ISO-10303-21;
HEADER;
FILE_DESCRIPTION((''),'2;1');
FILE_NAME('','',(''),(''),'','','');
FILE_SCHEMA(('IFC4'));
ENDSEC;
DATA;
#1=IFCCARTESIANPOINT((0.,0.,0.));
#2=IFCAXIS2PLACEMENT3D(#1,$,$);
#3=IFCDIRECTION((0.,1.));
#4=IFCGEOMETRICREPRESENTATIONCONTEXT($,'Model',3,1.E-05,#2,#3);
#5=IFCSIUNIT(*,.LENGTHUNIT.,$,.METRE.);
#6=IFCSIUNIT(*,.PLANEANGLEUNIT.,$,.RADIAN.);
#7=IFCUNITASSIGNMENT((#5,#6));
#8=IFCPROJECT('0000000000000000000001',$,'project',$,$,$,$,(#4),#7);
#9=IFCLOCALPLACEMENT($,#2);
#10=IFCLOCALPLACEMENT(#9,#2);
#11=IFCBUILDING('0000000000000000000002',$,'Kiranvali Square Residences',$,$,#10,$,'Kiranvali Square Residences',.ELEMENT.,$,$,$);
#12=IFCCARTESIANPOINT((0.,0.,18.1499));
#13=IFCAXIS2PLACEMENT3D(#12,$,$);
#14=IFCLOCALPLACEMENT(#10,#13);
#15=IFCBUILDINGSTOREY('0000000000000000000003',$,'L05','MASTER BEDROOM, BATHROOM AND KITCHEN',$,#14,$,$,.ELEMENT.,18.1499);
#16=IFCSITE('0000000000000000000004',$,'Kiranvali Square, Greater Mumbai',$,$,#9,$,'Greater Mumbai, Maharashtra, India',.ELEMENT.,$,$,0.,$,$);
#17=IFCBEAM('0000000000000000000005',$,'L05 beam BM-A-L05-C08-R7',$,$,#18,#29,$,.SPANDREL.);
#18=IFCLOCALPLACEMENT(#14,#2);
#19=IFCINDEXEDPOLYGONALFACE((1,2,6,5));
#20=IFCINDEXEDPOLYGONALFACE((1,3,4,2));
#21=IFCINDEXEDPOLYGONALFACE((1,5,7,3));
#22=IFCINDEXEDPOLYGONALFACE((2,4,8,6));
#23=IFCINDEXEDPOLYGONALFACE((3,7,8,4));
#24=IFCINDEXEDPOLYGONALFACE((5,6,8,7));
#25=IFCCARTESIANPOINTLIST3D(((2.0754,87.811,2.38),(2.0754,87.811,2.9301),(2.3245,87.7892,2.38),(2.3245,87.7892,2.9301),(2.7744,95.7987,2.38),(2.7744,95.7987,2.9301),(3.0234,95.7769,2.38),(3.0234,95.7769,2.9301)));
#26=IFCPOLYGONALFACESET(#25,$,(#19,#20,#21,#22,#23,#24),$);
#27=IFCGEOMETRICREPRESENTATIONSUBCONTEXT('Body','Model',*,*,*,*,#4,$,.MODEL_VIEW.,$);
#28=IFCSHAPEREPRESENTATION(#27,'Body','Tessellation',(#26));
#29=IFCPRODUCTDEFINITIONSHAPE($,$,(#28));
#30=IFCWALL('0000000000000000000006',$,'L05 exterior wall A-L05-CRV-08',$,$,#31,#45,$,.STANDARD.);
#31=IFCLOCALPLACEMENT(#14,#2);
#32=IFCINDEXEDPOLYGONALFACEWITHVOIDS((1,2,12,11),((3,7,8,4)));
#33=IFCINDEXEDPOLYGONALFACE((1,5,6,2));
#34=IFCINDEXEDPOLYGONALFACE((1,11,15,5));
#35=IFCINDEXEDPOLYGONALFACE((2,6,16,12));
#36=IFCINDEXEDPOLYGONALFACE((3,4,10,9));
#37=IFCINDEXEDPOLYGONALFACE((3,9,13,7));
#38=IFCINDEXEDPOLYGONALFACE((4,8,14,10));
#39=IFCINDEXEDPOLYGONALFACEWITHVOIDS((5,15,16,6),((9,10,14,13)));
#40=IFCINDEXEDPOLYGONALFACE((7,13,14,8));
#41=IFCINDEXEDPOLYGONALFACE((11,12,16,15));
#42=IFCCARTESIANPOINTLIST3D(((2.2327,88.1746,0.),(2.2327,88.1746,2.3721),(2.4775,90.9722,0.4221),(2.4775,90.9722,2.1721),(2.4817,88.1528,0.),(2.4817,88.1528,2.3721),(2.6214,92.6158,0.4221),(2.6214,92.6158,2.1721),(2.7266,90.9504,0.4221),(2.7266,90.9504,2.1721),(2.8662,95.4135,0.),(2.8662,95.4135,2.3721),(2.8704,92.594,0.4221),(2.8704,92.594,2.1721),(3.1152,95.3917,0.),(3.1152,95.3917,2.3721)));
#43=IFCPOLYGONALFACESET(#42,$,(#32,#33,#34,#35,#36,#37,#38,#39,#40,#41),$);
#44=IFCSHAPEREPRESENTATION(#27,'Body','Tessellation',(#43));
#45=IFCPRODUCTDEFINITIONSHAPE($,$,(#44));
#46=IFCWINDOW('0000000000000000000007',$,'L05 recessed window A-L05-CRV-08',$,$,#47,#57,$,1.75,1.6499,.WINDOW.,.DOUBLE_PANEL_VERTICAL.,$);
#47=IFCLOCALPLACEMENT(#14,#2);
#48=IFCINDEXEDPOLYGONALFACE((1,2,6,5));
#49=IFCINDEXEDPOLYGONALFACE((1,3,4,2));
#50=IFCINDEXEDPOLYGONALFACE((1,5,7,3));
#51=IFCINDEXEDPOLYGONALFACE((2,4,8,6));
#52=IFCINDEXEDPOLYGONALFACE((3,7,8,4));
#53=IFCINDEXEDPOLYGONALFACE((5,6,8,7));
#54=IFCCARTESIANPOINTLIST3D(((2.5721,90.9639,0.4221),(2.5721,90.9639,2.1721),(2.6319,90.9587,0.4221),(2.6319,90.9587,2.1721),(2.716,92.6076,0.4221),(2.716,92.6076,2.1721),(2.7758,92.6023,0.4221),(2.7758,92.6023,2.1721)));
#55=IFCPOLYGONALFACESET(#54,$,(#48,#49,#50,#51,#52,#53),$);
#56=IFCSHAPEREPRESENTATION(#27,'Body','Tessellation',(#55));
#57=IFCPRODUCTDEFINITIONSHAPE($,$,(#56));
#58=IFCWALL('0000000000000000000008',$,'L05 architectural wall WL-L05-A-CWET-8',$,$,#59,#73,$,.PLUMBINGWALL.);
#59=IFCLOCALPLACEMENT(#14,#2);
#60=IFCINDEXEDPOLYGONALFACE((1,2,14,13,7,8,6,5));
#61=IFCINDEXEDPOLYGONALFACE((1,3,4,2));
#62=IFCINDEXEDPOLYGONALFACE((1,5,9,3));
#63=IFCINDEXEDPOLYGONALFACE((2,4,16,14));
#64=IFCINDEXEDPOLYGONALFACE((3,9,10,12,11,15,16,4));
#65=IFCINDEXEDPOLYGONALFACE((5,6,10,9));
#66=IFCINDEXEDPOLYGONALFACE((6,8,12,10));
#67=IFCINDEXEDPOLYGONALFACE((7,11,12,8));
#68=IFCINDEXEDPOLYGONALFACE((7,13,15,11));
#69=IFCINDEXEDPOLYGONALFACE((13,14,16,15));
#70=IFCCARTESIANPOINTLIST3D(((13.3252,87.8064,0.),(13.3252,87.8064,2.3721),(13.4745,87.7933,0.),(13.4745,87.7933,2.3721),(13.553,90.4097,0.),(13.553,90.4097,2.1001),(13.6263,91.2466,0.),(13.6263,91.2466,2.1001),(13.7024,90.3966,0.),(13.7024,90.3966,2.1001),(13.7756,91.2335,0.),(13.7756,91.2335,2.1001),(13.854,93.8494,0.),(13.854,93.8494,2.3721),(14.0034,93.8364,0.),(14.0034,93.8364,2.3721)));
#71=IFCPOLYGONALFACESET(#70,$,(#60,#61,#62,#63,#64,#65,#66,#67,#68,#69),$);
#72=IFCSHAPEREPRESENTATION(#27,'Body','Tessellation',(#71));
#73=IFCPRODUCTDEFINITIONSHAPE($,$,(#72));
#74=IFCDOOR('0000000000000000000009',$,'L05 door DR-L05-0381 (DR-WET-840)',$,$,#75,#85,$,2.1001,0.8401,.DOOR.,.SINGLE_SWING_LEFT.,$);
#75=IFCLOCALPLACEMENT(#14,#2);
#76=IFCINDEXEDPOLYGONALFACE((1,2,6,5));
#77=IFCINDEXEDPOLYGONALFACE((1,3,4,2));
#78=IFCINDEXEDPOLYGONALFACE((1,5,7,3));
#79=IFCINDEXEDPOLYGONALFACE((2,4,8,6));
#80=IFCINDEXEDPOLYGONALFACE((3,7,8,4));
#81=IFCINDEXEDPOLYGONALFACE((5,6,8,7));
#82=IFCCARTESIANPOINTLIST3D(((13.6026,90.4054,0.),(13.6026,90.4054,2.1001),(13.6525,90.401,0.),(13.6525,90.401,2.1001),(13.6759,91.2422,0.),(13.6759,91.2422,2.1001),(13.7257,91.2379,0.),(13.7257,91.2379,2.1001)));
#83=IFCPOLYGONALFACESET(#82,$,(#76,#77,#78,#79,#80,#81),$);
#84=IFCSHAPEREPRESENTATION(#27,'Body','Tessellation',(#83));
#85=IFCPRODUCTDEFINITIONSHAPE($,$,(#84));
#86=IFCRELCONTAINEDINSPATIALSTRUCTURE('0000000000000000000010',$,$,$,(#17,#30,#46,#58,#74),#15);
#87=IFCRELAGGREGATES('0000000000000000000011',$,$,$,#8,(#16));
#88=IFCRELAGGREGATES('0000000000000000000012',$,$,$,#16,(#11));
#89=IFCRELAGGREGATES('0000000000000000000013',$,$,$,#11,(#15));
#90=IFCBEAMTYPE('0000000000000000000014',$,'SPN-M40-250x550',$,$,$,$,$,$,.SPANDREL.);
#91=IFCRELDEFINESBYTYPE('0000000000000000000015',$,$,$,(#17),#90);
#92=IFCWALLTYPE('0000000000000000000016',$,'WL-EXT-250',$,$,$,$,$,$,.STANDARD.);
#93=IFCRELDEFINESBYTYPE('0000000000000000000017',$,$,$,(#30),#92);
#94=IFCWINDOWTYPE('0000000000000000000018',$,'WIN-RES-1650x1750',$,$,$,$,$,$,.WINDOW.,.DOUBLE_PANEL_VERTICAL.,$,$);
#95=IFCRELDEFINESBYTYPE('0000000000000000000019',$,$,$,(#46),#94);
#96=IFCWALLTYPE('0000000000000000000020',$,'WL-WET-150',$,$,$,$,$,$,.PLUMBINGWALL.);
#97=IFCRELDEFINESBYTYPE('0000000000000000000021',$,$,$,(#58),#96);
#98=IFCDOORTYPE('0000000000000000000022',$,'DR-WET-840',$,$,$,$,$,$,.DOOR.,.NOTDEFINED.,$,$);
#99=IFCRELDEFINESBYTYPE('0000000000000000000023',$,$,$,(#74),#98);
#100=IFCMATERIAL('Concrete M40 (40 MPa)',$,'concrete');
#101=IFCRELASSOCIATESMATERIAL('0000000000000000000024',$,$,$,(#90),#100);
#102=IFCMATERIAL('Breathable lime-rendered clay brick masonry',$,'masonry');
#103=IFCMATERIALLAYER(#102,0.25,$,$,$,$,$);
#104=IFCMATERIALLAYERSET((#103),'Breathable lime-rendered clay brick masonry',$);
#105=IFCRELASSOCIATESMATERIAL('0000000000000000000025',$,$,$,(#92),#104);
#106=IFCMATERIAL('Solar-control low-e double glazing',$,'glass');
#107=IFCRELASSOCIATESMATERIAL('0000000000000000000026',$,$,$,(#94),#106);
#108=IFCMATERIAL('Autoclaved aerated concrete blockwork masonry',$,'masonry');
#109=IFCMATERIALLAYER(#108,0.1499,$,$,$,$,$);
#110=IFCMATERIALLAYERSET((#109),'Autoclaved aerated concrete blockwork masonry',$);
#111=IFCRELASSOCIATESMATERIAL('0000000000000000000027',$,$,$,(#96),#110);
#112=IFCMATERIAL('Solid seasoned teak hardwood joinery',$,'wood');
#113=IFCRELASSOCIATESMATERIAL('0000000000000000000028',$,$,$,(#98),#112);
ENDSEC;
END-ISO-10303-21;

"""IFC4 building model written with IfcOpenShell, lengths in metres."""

from ifc_helpers import new_model, si_unit, direction, frame, frame_2d, origin, origin_2d, place, context, subcontext, project, spatial, rectangle, extrude, material, layer, layer_set, material_profile, profile_set, type_object, element, fill, save


model = new_model("IFC4")

# Units and contexts
model_context = context("Model", 3, precision=1e-05, world=origin(), true_north=direction((0.0, 1.0)))
body_context = subcontext(model_context, "Body", "Model", "MODEL_VIEW")
ifc_project = project(units=[si_unit("LENGTHUNIT", "METRE"), si_unit("PLANEANGLEUNIT", "RADIAN")], contexts=[model_context])

# Site, building, storey
site_placement = place(None, origin())
site = spatial("IfcSite", under=ifc_project, at=site_placement, Name="Kiranvali Square, Greater Mumbai", LongName="Greater Mumbai, Maharashtra, India", CompositionType="ELEMENT", RefElevation=0.0)
building_placement = place(site_placement, origin())
building = spatial("IfcBuilding", under=site, at=building_placement, Name="Kiranvali Square Residences", LongName="Kiranvali Square Residences", CompositionType="ELEMENT")
storey_placement = place(building_placement, frame((0.0, 0.0, 18.1499)))
storey = spatial("IfcBuildingStorey", under=building, at=storey_placement, Name="L05", Description="MASTER BEDROOM, BATHROOM AND KITCHEN", CompositionType="ELEMENT", Elevation=18.1499)

# Beam
ifc_material_1 = material(Name="Concrete M40 (40 MPa)", Category="concrete")
ifc_material_profile_1 = material_profile(ifc_material_1, rectangle(XDim=0.25, YDim=0.55, at=origin_2d()), Name="RC 250x550")
ifc_profile_set_1 = profile_set([ifc_material_profile_1], Name="Concrete M40 (40 MPa)")
beam_type_1 = type_object("IfcBeamType", Name="SPN-M40-250x550", PredefinedType="SPANDREL", material=ifc_profile_set_1)
beam_1_placement = place(storey_placement, frame((2.8989, 95.7878, 2.655), z_axis=(-0.087172, -0.996193, 0.0), x_axis=(0.996193, -0.087172, 0.0)))
element("IfcBeam", 1, at=beam_1_placement, inside=storey, type_object=beam_type_1, Name="L05 beam BM-A-L05-C08-R7", PredefinedType="SPANDREL", context=body_context, shape_type="SweptSolid", body=[
    extrude(rectangle(XDim=0.25, YDim=0.55, at=origin_2d()), origin(), (0.0, 0.0, 1.0), 8.0183),
])

# Wall, opening, window
ifc_material_2 = material(Name="Breathable lime-rendered clay brick masonry", Category="masonry")
ifc_layer_1 = layer(ifc_material_2, 0.25)
ifc_layer_set_1 = layer_set([ifc_layer_1], Name="Breathable lime-rendered clay brick masonry")
wall_type_1 = type_object("IfcWallType", Name="WL-EXT-250", PredefinedType="STANDARD", material=ifc_layer_set_1)
wall_1_placement = place(storey_placement, frame((2.9907, 95.4026, 0.0), z_axis=(0.0, 0.0, 1.0), x_axis=(-0.087185, -0.996192, 0.0)))
wall_1 = element("IfcWall", 2, at=wall_1_placement, inside=storey, type_object=wall_type_1, Name="L05 exterior wall A-L05-CRV-08", PredefinedType="STANDARD", context=body_context, shape_type="SweptSolid", body=[
    extrude(rectangle(XDim=7.2666, YDim=0.25, at=frame_2d((3.6333, 0.0))), origin(), (0.0, 0.0, 1.0), 2.3721),
])
opening_1_placement = place(wall_1_placement, frame((2.8083, 0.0, 0.4221)))
opening_1 = element("IfcOpeningElement", 3, at=opening_1_placement, cuts=wall_1, PredefinedType="OPENING", context=body_context, shape_type="SweptSolid", body=[
    extrude(rectangle(XDim=1.6499, YDim=1.75, at=frame_2d((0.825, 0.875))), frame((0.0, 0.135, 0.0), z_axis=(0.0, -1.0, 0.0), x_axis=(1.0, 0.0, 0.0)), (0.0, 0.0, 1.0), 0.27),
])
ifc_material_3 = material(Name="Solar-control low-e double glazing", Category="glass")
window_type = type_object("IfcWindowType", Name="WIN-RES-1650x1750", PartitioningType="DOUBLE_PANEL_VERTICAL", PredefinedType="WINDOW", material=ifc_material_3)
window_placement = place(opening_1_placement, origin())
window = element("IfcWindow", 4, at=window_placement, inside=storey, type_object=window_type, Name="L05 recessed window A-L05-CRV-08", OverallHeight=1.75, OverallWidth=1.6499, PartitioningType="DOUBLE_PANEL_VERTICAL", PredefinedType="WINDOW", context=body_context, shape_type="SweptSolid", body=[
    extrude(rectangle(XDim=1.6499, YDim=1.75, at=frame_2d((0.825, 0.875))), frame((0.0, 0.03, 0.0), z_axis=(0.0, -1.0, 0.0), x_axis=(1.0, 0.0, 0.0)), (0.0, 0.0, 1.0), 0.0601),
])
fill(opening_1, window)

# Wall, opening, door
ifc_material_4 = material(Name="Autoclaved aerated concrete blockwork masonry", Category="masonry")
ifc_layer_2 = layer(ifc_material_4, 0.1499)
ifc_layer_set_2 = layer_set([ifc_layer_2], Name="Autoclaved aerated concrete blockwork masonry")
wall_type_2 = type_object("IfcWallType", Name="WL-WET-150", PredefinedType="PLUMBINGWALL", material=ifc_layer_set_2)
wall_2_placement = place(storey_placement, frame((13.9287, 93.843, 0.0), z_axis=(0.0, 0.0, 1.0), x_axis=(-0.087175, -0.996193, 0.0)))
wall_2 = element("IfcWall", 5, at=wall_2_placement, inside=storey, type_object=wall_type_2, Name="L05 architectural wall WL-L05-A-CWET-8", PredefinedType="PLUMBINGWALL", context=body_context, shape_type="SweptSolid", body=[
    extrude(rectangle(XDim=6.0662, YDim=0.1499, at=frame_2d((3.0332, 0.0))), origin(), (0.0, 0.0, 1.0), 2.3721),
])
opening_2_placement = place(wall_2_placement, frame((2.613, 0.0, 0.0)))
opening_2 = element("IfcOpeningElement", 6, at=opening_2_placement, cuts=wall_2, PredefinedType="OPENING", context=body_context, shape_type="SweptSolid", body=[
    extrude(rectangle(XDim=0.8401, YDim=2.1001, at=frame_2d((0.4199, 1.05))), frame((0.0, 0.085, 0.0), z_axis=(0.0, -1.0, 0.0), x_axis=(1.0, 0.0, 0.0)), (0.0, 0.0, 1.0), 0.1699),
])
ifc_material_5 = material(Name="Solid seasoned teak hardwood joinery", Category="wood")
door_type = type_object("IfcDoorType", Name="DR-WET-840", OperationType="NOTDEFINED", PredefinedType="DOOR", material=ifc_material_5)
door_placement = place(opening_2_placement, origin())
door = element("IfcDoor", 7, at=door_placement, inside=storey, type_object=door_type, Name="L05 door DR-L05-0381 (DR-WET-840)", OperationType="SINGLE_SWING_LEFT", OverallHeight=2.1001, OverallWidth=0.8401, PredefinedType="DOOR", context=body_context, shape_type="SweptSolid", body=[
    extrude(rectangle(XDim=0.8401, YDim=2.1001, at=frame_2d((0.4199, 1.05))), frame((0.0, 0.0249, 0.0), z_axis=(0.0, -1.0, 0.0), x_axis=(1.0, 0.0, 0.0)), (0.0, 0.0, 1.0), 0.05),
])
fill(opening_2, door)

save(model, "model.ifc")
